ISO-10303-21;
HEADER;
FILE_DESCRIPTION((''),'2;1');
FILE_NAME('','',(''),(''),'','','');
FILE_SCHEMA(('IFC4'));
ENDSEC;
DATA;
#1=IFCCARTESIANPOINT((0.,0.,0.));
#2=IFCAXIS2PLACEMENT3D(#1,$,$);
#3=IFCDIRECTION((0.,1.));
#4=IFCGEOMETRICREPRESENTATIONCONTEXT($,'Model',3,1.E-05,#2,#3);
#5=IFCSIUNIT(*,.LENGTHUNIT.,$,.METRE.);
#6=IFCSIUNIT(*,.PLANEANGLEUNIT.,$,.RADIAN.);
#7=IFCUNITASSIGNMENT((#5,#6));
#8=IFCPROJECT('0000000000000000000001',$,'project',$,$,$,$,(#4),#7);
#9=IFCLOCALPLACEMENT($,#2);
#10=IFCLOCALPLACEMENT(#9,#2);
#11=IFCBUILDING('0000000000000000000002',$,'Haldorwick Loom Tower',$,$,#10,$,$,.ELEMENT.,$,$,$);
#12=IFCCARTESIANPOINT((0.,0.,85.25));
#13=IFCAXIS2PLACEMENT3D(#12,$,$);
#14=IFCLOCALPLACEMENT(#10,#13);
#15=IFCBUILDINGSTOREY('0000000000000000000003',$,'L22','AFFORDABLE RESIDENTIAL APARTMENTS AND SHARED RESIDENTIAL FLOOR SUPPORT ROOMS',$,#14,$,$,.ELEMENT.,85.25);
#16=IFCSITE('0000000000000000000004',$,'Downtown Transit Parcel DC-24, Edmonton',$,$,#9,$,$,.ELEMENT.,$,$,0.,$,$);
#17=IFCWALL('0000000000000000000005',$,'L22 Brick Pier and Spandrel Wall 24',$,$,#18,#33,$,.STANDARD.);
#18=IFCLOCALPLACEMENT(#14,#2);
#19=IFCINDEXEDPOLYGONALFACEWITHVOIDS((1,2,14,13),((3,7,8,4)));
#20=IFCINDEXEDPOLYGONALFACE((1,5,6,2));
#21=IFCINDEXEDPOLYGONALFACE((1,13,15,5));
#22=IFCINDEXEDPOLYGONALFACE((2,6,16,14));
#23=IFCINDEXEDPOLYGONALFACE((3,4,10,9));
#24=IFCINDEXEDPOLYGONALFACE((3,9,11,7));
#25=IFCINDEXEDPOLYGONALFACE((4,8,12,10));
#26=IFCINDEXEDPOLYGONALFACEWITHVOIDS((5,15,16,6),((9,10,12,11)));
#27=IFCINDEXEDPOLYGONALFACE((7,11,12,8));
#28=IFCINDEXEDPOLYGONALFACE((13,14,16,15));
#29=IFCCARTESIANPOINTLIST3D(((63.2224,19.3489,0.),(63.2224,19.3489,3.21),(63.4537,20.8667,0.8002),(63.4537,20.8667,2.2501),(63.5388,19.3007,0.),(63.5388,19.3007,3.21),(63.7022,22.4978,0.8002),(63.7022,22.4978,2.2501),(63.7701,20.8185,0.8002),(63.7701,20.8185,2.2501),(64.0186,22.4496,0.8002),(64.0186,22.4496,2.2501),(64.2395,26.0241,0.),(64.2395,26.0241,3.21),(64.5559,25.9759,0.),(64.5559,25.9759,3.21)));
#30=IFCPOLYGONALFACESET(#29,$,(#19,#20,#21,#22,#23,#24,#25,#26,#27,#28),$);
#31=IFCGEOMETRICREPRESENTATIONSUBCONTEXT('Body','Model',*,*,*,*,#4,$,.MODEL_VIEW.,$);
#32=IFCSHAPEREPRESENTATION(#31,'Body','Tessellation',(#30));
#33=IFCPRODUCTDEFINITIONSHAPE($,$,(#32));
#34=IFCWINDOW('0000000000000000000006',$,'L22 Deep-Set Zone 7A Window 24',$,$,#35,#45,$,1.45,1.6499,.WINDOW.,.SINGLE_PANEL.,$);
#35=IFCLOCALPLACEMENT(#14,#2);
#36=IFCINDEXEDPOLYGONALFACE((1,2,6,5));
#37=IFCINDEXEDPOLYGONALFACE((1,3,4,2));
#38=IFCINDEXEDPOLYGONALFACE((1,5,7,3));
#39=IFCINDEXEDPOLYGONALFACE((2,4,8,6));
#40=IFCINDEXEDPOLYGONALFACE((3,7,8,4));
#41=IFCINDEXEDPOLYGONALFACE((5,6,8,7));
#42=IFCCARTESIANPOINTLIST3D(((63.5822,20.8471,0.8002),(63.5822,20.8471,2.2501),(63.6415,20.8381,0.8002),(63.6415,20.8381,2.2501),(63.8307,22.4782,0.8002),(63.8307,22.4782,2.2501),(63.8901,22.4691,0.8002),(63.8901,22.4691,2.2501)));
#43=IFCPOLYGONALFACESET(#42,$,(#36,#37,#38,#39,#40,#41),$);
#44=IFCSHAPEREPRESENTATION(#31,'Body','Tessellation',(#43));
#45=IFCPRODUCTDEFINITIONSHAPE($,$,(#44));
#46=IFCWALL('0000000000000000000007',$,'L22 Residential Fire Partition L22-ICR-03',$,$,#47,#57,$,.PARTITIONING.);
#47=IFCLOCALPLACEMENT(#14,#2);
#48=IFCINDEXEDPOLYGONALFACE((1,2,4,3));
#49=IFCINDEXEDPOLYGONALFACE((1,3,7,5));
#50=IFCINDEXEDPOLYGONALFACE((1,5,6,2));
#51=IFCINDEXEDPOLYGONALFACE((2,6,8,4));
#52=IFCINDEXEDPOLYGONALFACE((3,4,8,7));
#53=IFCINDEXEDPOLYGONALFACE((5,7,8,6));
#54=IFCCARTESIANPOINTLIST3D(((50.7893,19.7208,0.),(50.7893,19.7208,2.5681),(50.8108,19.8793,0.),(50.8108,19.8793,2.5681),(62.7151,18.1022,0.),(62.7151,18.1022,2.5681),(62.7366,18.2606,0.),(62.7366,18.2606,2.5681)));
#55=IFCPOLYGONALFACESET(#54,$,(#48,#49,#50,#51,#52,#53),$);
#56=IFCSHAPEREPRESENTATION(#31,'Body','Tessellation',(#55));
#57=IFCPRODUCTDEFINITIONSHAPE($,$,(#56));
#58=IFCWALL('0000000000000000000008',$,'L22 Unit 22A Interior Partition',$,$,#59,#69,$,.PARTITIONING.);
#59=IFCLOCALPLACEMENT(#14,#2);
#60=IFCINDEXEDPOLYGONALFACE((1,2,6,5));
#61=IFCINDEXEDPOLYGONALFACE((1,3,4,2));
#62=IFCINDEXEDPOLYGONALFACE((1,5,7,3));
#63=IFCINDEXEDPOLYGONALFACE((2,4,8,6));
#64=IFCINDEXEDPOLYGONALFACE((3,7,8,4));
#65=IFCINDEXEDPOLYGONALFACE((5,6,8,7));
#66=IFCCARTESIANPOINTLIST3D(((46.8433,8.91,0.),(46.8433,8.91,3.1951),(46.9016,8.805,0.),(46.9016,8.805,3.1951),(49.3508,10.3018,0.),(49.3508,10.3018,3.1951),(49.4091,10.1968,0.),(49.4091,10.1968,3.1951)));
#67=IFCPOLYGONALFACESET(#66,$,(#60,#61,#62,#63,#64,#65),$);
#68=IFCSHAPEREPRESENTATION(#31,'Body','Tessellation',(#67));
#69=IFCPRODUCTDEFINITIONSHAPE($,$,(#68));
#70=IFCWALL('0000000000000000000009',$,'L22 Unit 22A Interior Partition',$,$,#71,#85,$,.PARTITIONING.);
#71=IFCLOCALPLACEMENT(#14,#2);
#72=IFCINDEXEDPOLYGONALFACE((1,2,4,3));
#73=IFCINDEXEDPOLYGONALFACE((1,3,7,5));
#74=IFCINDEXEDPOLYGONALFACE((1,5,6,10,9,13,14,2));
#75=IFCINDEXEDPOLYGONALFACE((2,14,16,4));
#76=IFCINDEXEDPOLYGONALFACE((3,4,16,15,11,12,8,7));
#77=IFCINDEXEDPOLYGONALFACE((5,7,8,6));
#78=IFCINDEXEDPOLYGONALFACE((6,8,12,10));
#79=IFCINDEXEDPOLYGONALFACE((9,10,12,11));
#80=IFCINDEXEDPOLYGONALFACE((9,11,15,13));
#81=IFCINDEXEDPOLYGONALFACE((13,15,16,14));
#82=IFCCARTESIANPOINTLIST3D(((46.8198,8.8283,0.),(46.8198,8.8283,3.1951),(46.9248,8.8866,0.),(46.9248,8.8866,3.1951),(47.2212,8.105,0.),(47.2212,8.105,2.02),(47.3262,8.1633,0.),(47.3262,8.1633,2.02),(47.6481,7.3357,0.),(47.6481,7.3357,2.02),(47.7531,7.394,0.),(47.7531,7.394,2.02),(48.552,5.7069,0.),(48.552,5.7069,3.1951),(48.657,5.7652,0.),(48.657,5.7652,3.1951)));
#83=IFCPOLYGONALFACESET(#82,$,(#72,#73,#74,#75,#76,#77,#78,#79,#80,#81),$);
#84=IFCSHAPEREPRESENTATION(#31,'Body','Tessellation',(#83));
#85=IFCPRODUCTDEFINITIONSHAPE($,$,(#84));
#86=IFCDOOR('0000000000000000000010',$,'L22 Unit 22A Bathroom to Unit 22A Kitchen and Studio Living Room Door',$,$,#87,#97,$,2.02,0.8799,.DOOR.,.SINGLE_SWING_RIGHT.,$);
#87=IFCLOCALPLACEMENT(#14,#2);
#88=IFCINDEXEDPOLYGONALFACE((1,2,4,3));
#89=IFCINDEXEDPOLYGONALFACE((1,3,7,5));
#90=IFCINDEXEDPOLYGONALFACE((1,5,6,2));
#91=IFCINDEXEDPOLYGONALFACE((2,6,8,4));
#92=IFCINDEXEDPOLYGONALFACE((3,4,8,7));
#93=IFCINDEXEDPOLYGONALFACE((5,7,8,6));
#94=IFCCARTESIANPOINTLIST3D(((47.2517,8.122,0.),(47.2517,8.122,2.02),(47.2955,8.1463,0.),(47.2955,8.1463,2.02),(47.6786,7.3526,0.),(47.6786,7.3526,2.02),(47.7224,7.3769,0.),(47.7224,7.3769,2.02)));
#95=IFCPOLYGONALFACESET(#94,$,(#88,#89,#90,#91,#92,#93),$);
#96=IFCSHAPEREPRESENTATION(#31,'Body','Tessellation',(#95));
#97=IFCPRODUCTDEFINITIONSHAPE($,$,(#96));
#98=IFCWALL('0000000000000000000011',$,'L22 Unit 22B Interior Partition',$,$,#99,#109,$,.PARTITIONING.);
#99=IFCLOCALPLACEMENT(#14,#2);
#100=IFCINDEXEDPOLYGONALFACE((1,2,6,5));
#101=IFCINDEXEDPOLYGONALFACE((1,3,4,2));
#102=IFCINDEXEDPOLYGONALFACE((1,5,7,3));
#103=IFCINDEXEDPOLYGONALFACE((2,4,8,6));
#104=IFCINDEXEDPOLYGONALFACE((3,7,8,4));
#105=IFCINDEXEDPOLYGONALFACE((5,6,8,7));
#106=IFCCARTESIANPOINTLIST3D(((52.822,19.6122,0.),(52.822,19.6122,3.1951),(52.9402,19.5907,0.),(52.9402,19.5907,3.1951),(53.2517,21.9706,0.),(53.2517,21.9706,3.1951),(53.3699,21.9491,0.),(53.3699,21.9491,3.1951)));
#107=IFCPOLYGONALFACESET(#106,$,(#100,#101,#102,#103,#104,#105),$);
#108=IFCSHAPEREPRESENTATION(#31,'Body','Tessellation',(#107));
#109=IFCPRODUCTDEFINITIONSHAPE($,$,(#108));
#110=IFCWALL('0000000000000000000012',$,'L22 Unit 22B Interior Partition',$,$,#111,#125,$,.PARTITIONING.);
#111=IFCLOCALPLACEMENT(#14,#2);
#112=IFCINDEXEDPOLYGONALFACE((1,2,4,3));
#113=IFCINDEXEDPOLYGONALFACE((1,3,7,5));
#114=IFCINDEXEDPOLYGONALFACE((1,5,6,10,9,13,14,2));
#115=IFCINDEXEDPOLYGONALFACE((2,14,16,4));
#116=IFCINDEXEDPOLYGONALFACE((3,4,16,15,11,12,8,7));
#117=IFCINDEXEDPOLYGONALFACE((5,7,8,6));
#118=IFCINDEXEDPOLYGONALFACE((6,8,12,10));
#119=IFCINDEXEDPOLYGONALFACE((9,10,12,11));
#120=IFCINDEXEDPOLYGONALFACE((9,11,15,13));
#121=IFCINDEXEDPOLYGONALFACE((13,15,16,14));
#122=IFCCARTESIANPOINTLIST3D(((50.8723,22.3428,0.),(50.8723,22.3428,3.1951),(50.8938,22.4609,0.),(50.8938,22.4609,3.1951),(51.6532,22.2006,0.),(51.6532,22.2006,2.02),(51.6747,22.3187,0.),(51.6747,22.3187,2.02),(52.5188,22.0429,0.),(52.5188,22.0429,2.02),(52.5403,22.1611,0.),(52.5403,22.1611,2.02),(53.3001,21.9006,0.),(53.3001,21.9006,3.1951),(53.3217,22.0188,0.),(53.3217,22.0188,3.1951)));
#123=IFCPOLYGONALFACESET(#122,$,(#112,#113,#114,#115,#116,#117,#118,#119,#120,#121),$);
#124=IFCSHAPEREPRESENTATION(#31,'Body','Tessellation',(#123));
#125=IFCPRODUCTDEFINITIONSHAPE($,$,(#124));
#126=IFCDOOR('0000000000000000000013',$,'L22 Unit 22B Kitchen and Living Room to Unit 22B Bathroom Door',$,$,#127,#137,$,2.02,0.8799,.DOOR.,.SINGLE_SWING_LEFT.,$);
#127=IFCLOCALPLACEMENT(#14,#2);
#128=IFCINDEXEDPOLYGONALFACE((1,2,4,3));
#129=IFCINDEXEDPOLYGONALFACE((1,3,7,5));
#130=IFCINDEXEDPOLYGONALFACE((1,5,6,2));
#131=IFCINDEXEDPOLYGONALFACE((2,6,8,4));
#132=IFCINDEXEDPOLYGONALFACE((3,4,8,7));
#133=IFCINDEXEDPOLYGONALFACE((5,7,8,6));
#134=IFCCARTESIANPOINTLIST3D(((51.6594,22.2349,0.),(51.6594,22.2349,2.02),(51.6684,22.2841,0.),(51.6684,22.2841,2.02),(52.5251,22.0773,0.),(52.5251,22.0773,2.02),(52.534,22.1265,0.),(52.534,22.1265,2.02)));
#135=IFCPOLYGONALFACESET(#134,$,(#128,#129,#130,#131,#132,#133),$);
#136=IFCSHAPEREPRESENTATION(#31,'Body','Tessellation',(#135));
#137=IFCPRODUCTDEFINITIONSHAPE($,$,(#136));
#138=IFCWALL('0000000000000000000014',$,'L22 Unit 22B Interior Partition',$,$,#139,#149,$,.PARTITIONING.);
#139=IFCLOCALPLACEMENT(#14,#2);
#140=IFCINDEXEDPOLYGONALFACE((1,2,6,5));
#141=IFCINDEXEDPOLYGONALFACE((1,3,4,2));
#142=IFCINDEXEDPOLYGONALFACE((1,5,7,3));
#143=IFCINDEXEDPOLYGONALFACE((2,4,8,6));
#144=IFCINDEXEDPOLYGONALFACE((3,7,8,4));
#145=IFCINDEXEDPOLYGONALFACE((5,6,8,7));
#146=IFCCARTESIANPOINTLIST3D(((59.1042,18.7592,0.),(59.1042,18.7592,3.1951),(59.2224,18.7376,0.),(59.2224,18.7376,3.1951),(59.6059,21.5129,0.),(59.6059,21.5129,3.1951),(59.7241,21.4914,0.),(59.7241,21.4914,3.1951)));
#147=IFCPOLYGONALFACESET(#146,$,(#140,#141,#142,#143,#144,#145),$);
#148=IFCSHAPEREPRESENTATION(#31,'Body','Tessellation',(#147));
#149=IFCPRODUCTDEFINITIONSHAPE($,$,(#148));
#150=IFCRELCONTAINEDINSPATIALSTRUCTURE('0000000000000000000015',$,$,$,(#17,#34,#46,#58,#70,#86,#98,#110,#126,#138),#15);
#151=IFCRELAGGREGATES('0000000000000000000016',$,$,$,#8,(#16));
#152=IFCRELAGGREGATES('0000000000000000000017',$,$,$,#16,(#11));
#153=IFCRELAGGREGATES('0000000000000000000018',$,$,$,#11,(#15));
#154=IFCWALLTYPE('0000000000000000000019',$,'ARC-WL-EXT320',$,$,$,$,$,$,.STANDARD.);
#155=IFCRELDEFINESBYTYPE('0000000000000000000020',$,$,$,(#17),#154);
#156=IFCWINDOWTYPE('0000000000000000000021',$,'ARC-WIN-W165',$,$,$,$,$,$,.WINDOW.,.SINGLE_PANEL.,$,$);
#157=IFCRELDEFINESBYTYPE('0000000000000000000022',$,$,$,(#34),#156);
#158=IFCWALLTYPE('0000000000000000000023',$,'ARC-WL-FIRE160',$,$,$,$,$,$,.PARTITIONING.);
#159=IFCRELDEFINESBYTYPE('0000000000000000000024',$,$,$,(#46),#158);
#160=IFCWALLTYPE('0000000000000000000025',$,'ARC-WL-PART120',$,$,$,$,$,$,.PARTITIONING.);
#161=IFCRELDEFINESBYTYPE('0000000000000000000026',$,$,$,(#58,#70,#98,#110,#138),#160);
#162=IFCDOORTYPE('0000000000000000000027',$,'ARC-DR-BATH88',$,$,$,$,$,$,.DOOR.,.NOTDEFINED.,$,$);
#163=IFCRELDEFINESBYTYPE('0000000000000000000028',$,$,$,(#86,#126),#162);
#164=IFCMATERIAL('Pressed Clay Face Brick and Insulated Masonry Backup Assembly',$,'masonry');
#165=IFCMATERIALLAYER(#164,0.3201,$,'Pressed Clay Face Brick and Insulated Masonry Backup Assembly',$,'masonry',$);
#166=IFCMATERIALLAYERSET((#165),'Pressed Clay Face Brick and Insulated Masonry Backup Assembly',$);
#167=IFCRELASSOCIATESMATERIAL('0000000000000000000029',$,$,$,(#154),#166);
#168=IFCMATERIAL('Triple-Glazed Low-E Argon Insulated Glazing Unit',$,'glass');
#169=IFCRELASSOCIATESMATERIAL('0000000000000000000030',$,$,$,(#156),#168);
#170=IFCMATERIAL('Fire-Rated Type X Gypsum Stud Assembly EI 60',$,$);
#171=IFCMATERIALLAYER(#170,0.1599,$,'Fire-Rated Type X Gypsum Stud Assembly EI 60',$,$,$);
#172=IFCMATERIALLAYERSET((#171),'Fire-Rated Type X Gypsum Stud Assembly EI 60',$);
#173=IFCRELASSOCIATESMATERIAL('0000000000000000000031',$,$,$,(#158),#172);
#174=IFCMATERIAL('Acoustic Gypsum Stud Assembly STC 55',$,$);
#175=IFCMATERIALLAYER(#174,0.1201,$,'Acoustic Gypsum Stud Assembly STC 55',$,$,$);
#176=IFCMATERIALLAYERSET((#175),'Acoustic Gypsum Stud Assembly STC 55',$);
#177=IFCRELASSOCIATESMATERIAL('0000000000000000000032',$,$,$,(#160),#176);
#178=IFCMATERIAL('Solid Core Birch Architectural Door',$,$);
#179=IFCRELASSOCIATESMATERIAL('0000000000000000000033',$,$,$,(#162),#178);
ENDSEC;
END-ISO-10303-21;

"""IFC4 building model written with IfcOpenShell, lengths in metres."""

from ifc_helpers import new_model, si_unit, direction, frame, frame_2d, origin, place, context, subcontext, project, spatial, rectangle, extrude, material, layer, layer_set, type_object, element, fill, save


model = new_model("IFC4")

# Units and contexts
model_context = context("Model", 3, precision=1e-05, world=origin(), true_north=direction((0.0, 1.0)))
body_context = subcontext(model_context, "Body", "Model", "MODEL_VIEW")
ifc_project = project(units=[si_unit("LENGTHUNIT", "METRE"), si_unit("PLANEANGLEUNIT", "RADIAN")], contexts=[model_context])

# Site, building, storey
site_placement = place(None, origin())
site = spatial("IfcSite", under=ifc_project, at=site_placement, Name="Downtown Transit Parcel DC-24, Edmonton", CompositionType="ELEMENT", RefElevation=0.0)
building_placement = place(site_placement, origin())
building = spatial("IfcBuilding", under=site, at=building_placement, Name="Haldorwick Loom Tower", CompositionType="ELEMENT")
storey_placement = place(building_placement, frame((0.0, 0.0, 85.25)))
storey = spatial("IfcBuildingStorey", under=building, at=storey_placement, Name="L22", Description="AFFORDABLE RESIDENTIAL APARTMENTS AND SHARED RESIDENTIAL FLOOR SUPPORT ROOMS", CompositionType="ELEMENT", Elevation=85.25)

# Shared definitions
ifc_material_1 = material(Name="Pressed Clay Face Brick and Insulated Masonry Backup Assembly", Category="masonry")
ifc_layer_1 = layer(ifc_material_1, 0.3201, Name="Pressed Clay Face Brick and Insulated Masonry Backup Assembly", Category="masonry")
ifc_layer_set_1 = layer_set([ifc_layer_1], Name="Pressed Clay Face Brick and Insulated Masonry Backup Assembly")
wall_type_1 = type_object("IfcWallType", Name="ARC-WL-EXT320", PredefinedType="STANDARD", material=ifc_layer_set_1)
ifc_material_2 = material(Name="Triple-Glazed Low-E Argon Insulated Glazing Unit", Category="glass")
window_type = type_object("IfcWindowType", Name="ARC-WIN-W165", PartitioningType="SINGLE_PANEL", PredefinedType="WINDOW", material=ifc_material_2)

# Wall, opening, window
wall_1_placement = place(storey_placement, frame((63.3806, 19.325, 0.0), z_axis=(0.0, 0.0, 1.0), x_axis=(0.150633, 0.98859, 0.0)))
wall_1 = element("IfcWall", 1, at=wall_1_placement, inside=storey, type_object=wall_type_1, Name="L22 Brick Pier and Spandrel Wall 24", PredefinedType="STANDARD", context=body_context, shape_type="SweptSolid", body=[
    extrude(rectangle(XDim=6.7522, YDim=0.3201, at=frame_2d((3.376, 0.0))), origin(), (0.0, 0.0, 1.0), 3.21),
])
opening_1_placement = place(wall_1_placement, frame((1.5352, 0.0, 0.8)))
opening_1 = element("IfcOpeningElement", 2, at=opening_1_placement, cuts=wall_1, PredefinedType="OPENING", context=body_context, shape_type="SweptSolid", body=[
    extrude(rectangle(XDim=1.6499, YDim=1.45, at=frame_2d((0.825, 0.7251))), frame((0.0, 0.1699, 0.0), z_axis=(0.0, -1.0, 0.0), x_axis=(1.0, 0.0, 0.0)), (0.0, 0.0, 1.0), 0.3401),
])
window_1_placement = place(opening_1_placement, origin())
window_1 = element("IfcWindow", 3, at=window_1_placement, inside=storey, type_object=window_type, Name="L22 Deep-Set Zone 7A Window 24", OverallHeight=1.45, OverallWidth=1.6499, PartitioningType="SINGLE_PANEL", PredefinedType="WINDOW", context=body_context, shape_type="SweptSolid", body=[
    extrude(rectangle(XDim=1.6499, YDim=1.45, at=frame_2d((0.825, 0.7251))), frame((0.0, 0.03, 0.0), z_axis=(0.0, -1.0, 0.0), x_axis=(1.0, 0.0, 0.0)), (0.0, 0.0, 1.0), 0.0601),
])
fill(opening_1, window_1)

# Walls
ifc_material_3 = material(Name="Fire-Rated Type X Gypsum Stud Assembly EI 60")
ifc_layer_2 = layer(ifc_material_3, 0.1599, Name="Fire-Rated Type X Gypsum Stud Assembly EI 60")
ifc_layer_set_2 = layer_set([ifc_layer_2], Name="Fire-Rated Type X Gypsum Stud Assembly EI 60")
wall_type_2 = type_object("IfcWallType", Name="ARC-WL-FIRE160", PredefinedType="PARTITIONING", material=ifc_layer_set_2)
wall_2_placement = place(storey_placement, frame((50.8, 19.8, 0.0), z_axis=(0.0, 0.0, 1.0), x_axis=(0.990914, -0.134494, 0.0)))
element("IfcWall", 4, at=wall_2_placement, inside=storey, type_object=wall_type_2, Name="L22 Residential Fire Partition L22-ICR-03", PredefinedType="PARTITIONING", context=body_context, shape_type="SweptSolid", body=[
    extrude(rectangle(XDim=12.0352, YDim=0.1599, at=frame_2d((6.0176, 0.0))), origin(), (0.0, 0.0, 1.0), 2.5681),
])
ifc_material_4 = material(Name="Acoustic Gypsum Stud Assembly STC 55")
ifc_layer_3 = layer(ifc_material_4, 0.1201, Name="Acoustic Gypsum Stud Assembly STC 55")
ifc_layer_set_3 = layer_set([ifc_layer_3], Name="Acoustic Gypsum Stud Assembly STC 55")
wall_type_3 = type_object("IfcWallType", Name="ARC-WL-PART120", PredefinedType="PARTITIONING", material=ifc_layer_set_3)
wall_3_placement = place(storey_placement, frame((46.8723, 8.8574, 0.0), z_axis=(0.0, 0.0, 1.0), x_axis=(0.874342, 0.48531, 0.0)))
element("IfcWall", 5, at=wall_3_placement, inside=storey, type_object=wall_type_3, Name="L22 Unit 22A Interior Partition", PredefinedType="PARTITIONING", context=body_context, shape_type="SweptSolid", body=[
    extrude(rectangle(XDim=2.8679, YDim=0.1201, at=frame_2d((1.4341, 0.0))), origin(), (0.0, 0.0, 1.0), 3.1951),
])

# Wall, opening, door
wall_4_placement = place(storey_placement, frame((46.8723, 8.8574, 0.0), z_axis=(0.0, 0.0, 1.0), x_axis=(0.485236, -0.874383, 0.0)))
wall_4 = element("IfcWall", 6, at=wall_4_placement, inside=storey, type_object=wall_type_3, Name="L22 Unit 22A Interior Partition", PredefinedType="PARTITIONING", context=body_context, shape_type="SweptSolid", body=[
    extrude(rectangle(XDim=3.5698, YDim=0.1201, at=frame_2d((1.7849, 0.0))), origin(), (0.0, 0.0, 1.0), 3.1951),
])
opening_2_placement = place(wall_4_placement, frame((0.8271, 0.0, 0.0)))
opening_2 = element("IfcOpeningElement", 7, at=opening_2_placement, cuts=wall_4, PredefinedType="OPENING", context=body_context, shape_type="SweptSolid", body=[
    extrude(rectangle(XDim=0.8799, YDim=2.02, at=frame_2d((0.4399, 1.01))), frame((0.0, 0.0701, 0.0), z_axis=(0.0, -1.0, 0.0), x_axis=(1.0, 0.0, 0.0)), (0.0, 0.0, 1.0), 0.1401),
])
ifc_material_5 = material(Name="Solid Core Birch Architectural Door")
door_type_1 = type_object("IfcDoorType", Name="ARC-DR-BATH88", OperationType="NOTDEFINED", PredefinedType="DOOR", material=ifc_material_5)
door_1_placement = place(opening_2_placement, origin())
door_1 = element("IfcDoor", 8, at=door_1_placement, inside=storey, type_object=door_type_1, Name="L22 Unit 22A Bathroom to Unit 22A Kitchen and Studio Living Room Door", OperationType="SINGLE_SWING_RIGHT", OverallHeight=2.02, OverallWidth=0.8799, PredefinedType="DOOR", context=body_context, shape_type="SweptSolid", body=[
    extrude(rectangle(XDim=0.8799, YDim=2.02, at=frame_2d((0.4399, 1.01))), frame((0.0, 0.0249, 0.0), z_axis=(0.0, -1.0, 0.0), x_axis=(1.0, 0.0, 0.0)), (0.0, 0.0, 1.0), 0.05),
])
fill(opening_2, door_1)

# Wall
wall_5_placement = place(storey_placement, frame((52.8811, 19.6013, 0.0), z_axis=(0.0, 0.0, 1.0), x_axis=(0.179244, 0.983805, 0.0)))
element("IfcWall", 9, at=wall_5_placement, inside=storey, type_object=wall_type_3, Name="L22 Unit 22B Interior Partition", PredefinedType="PARTITIONING", context=body_context, shape_type="SweptSolid", body=[
    extrude(rectangle(XDim=2.3972, YDim=0.1201, at=frame_2d((1.1987, 0.0))), origin(), (0.0, 0.0, 1.0), 3.1951),
])

# Wall, opening, door
wall_6_placement = place(storey_placement, frame((50.8831, 22.4019, 0.0), z_axis=(0.0, 0.0, 1.0), x_axis=(0.983818, -0.179173, 0.0)))
wall_6 = element("IfcWall", 10, at=wall_6_placement, inside=storey, type_object=wall_type_3, Name="L22 Unit 22B Interior Partition", PredefinedType="PARTITIONING", context=body_context, shape_type="SweptSolid", body=[
    extrude(rectangle(XDim=2.4678, YDim=0.1201, at=frame_2d((1.2339, 0.0))), origin(), (0.0, 0.0, 1.0), 3.1951),
])
opening_3_placement = place(wall_6_placement, frame((0.7937, 0.0, 0.0)))
opening_3 = element("IfcOpeningElement", 11, at=opening_3_placement, cuts=wall_6, PredefinedType="OPENING", context=body_context, shape_type="SweptSolid", body=[
    extrude(rectangle(XDim=0.8799, YDim=2.02, at=frame_2d((0.4399, 1.01))), frame((0.0, 0.0701, 0.0), z_axis=(0.0, -1.0, 0.0), x_axis=(1.0, 0.0, 0.0)), (0.0, 0.0, 1.0), 0.1401),
])
door_2_placement = place(opening_3_placement, origin())
door_2 = element("IfcDoor", 12, at=door_2_placement, inside=storey, type_object=door_type_1, Name="L22 Unit 22B Kitchen and Living Room to Unit 22B Bathroom Door", OperationType="SINGLE_SWING_LEFT", OverallHeight=2.02, OverallWidth=0.8799, PredefinedType="DOOR", context=body_context, shape_type="SweptSolid", body=[
    extrude(rectangle(XDim=0.8799, YDim=2.02, at=frame_2d((0.4399, 1.01))), frame((0.0, 0.0249, 0.0), z_axis=(0.0, -1.0, 0.0), x_axis=(1.0, 0.0, 0.0)), (0.0, 0.0, 1.0), 0.05),
])
fill(opening_3, door_2)

# Wall
wall_7_placement = place(storey_placement, frame((59.1633, 18.7485, 0.0), z_axis=(0.0, 0.0, 1.0), x_axis=(0.179246, 0.983804, 0.0)))
element("IfcWall", 13, at=wall_7_placement, inside=storey, type_object=wall_type_3, Name="L22 Unit 22B Interior Partition", PredefinedType="PARTITIONING", context=body_context, shape_type="SweptSolid", body=[
    extrude(rectangle(XDim=2.7991, YDim=0.1201, at=frame_2d((1.3994, 0.0))), origin(), (0.0, 0.0, 1.0), 3.1951),
])

save(model, "model.ifc")
